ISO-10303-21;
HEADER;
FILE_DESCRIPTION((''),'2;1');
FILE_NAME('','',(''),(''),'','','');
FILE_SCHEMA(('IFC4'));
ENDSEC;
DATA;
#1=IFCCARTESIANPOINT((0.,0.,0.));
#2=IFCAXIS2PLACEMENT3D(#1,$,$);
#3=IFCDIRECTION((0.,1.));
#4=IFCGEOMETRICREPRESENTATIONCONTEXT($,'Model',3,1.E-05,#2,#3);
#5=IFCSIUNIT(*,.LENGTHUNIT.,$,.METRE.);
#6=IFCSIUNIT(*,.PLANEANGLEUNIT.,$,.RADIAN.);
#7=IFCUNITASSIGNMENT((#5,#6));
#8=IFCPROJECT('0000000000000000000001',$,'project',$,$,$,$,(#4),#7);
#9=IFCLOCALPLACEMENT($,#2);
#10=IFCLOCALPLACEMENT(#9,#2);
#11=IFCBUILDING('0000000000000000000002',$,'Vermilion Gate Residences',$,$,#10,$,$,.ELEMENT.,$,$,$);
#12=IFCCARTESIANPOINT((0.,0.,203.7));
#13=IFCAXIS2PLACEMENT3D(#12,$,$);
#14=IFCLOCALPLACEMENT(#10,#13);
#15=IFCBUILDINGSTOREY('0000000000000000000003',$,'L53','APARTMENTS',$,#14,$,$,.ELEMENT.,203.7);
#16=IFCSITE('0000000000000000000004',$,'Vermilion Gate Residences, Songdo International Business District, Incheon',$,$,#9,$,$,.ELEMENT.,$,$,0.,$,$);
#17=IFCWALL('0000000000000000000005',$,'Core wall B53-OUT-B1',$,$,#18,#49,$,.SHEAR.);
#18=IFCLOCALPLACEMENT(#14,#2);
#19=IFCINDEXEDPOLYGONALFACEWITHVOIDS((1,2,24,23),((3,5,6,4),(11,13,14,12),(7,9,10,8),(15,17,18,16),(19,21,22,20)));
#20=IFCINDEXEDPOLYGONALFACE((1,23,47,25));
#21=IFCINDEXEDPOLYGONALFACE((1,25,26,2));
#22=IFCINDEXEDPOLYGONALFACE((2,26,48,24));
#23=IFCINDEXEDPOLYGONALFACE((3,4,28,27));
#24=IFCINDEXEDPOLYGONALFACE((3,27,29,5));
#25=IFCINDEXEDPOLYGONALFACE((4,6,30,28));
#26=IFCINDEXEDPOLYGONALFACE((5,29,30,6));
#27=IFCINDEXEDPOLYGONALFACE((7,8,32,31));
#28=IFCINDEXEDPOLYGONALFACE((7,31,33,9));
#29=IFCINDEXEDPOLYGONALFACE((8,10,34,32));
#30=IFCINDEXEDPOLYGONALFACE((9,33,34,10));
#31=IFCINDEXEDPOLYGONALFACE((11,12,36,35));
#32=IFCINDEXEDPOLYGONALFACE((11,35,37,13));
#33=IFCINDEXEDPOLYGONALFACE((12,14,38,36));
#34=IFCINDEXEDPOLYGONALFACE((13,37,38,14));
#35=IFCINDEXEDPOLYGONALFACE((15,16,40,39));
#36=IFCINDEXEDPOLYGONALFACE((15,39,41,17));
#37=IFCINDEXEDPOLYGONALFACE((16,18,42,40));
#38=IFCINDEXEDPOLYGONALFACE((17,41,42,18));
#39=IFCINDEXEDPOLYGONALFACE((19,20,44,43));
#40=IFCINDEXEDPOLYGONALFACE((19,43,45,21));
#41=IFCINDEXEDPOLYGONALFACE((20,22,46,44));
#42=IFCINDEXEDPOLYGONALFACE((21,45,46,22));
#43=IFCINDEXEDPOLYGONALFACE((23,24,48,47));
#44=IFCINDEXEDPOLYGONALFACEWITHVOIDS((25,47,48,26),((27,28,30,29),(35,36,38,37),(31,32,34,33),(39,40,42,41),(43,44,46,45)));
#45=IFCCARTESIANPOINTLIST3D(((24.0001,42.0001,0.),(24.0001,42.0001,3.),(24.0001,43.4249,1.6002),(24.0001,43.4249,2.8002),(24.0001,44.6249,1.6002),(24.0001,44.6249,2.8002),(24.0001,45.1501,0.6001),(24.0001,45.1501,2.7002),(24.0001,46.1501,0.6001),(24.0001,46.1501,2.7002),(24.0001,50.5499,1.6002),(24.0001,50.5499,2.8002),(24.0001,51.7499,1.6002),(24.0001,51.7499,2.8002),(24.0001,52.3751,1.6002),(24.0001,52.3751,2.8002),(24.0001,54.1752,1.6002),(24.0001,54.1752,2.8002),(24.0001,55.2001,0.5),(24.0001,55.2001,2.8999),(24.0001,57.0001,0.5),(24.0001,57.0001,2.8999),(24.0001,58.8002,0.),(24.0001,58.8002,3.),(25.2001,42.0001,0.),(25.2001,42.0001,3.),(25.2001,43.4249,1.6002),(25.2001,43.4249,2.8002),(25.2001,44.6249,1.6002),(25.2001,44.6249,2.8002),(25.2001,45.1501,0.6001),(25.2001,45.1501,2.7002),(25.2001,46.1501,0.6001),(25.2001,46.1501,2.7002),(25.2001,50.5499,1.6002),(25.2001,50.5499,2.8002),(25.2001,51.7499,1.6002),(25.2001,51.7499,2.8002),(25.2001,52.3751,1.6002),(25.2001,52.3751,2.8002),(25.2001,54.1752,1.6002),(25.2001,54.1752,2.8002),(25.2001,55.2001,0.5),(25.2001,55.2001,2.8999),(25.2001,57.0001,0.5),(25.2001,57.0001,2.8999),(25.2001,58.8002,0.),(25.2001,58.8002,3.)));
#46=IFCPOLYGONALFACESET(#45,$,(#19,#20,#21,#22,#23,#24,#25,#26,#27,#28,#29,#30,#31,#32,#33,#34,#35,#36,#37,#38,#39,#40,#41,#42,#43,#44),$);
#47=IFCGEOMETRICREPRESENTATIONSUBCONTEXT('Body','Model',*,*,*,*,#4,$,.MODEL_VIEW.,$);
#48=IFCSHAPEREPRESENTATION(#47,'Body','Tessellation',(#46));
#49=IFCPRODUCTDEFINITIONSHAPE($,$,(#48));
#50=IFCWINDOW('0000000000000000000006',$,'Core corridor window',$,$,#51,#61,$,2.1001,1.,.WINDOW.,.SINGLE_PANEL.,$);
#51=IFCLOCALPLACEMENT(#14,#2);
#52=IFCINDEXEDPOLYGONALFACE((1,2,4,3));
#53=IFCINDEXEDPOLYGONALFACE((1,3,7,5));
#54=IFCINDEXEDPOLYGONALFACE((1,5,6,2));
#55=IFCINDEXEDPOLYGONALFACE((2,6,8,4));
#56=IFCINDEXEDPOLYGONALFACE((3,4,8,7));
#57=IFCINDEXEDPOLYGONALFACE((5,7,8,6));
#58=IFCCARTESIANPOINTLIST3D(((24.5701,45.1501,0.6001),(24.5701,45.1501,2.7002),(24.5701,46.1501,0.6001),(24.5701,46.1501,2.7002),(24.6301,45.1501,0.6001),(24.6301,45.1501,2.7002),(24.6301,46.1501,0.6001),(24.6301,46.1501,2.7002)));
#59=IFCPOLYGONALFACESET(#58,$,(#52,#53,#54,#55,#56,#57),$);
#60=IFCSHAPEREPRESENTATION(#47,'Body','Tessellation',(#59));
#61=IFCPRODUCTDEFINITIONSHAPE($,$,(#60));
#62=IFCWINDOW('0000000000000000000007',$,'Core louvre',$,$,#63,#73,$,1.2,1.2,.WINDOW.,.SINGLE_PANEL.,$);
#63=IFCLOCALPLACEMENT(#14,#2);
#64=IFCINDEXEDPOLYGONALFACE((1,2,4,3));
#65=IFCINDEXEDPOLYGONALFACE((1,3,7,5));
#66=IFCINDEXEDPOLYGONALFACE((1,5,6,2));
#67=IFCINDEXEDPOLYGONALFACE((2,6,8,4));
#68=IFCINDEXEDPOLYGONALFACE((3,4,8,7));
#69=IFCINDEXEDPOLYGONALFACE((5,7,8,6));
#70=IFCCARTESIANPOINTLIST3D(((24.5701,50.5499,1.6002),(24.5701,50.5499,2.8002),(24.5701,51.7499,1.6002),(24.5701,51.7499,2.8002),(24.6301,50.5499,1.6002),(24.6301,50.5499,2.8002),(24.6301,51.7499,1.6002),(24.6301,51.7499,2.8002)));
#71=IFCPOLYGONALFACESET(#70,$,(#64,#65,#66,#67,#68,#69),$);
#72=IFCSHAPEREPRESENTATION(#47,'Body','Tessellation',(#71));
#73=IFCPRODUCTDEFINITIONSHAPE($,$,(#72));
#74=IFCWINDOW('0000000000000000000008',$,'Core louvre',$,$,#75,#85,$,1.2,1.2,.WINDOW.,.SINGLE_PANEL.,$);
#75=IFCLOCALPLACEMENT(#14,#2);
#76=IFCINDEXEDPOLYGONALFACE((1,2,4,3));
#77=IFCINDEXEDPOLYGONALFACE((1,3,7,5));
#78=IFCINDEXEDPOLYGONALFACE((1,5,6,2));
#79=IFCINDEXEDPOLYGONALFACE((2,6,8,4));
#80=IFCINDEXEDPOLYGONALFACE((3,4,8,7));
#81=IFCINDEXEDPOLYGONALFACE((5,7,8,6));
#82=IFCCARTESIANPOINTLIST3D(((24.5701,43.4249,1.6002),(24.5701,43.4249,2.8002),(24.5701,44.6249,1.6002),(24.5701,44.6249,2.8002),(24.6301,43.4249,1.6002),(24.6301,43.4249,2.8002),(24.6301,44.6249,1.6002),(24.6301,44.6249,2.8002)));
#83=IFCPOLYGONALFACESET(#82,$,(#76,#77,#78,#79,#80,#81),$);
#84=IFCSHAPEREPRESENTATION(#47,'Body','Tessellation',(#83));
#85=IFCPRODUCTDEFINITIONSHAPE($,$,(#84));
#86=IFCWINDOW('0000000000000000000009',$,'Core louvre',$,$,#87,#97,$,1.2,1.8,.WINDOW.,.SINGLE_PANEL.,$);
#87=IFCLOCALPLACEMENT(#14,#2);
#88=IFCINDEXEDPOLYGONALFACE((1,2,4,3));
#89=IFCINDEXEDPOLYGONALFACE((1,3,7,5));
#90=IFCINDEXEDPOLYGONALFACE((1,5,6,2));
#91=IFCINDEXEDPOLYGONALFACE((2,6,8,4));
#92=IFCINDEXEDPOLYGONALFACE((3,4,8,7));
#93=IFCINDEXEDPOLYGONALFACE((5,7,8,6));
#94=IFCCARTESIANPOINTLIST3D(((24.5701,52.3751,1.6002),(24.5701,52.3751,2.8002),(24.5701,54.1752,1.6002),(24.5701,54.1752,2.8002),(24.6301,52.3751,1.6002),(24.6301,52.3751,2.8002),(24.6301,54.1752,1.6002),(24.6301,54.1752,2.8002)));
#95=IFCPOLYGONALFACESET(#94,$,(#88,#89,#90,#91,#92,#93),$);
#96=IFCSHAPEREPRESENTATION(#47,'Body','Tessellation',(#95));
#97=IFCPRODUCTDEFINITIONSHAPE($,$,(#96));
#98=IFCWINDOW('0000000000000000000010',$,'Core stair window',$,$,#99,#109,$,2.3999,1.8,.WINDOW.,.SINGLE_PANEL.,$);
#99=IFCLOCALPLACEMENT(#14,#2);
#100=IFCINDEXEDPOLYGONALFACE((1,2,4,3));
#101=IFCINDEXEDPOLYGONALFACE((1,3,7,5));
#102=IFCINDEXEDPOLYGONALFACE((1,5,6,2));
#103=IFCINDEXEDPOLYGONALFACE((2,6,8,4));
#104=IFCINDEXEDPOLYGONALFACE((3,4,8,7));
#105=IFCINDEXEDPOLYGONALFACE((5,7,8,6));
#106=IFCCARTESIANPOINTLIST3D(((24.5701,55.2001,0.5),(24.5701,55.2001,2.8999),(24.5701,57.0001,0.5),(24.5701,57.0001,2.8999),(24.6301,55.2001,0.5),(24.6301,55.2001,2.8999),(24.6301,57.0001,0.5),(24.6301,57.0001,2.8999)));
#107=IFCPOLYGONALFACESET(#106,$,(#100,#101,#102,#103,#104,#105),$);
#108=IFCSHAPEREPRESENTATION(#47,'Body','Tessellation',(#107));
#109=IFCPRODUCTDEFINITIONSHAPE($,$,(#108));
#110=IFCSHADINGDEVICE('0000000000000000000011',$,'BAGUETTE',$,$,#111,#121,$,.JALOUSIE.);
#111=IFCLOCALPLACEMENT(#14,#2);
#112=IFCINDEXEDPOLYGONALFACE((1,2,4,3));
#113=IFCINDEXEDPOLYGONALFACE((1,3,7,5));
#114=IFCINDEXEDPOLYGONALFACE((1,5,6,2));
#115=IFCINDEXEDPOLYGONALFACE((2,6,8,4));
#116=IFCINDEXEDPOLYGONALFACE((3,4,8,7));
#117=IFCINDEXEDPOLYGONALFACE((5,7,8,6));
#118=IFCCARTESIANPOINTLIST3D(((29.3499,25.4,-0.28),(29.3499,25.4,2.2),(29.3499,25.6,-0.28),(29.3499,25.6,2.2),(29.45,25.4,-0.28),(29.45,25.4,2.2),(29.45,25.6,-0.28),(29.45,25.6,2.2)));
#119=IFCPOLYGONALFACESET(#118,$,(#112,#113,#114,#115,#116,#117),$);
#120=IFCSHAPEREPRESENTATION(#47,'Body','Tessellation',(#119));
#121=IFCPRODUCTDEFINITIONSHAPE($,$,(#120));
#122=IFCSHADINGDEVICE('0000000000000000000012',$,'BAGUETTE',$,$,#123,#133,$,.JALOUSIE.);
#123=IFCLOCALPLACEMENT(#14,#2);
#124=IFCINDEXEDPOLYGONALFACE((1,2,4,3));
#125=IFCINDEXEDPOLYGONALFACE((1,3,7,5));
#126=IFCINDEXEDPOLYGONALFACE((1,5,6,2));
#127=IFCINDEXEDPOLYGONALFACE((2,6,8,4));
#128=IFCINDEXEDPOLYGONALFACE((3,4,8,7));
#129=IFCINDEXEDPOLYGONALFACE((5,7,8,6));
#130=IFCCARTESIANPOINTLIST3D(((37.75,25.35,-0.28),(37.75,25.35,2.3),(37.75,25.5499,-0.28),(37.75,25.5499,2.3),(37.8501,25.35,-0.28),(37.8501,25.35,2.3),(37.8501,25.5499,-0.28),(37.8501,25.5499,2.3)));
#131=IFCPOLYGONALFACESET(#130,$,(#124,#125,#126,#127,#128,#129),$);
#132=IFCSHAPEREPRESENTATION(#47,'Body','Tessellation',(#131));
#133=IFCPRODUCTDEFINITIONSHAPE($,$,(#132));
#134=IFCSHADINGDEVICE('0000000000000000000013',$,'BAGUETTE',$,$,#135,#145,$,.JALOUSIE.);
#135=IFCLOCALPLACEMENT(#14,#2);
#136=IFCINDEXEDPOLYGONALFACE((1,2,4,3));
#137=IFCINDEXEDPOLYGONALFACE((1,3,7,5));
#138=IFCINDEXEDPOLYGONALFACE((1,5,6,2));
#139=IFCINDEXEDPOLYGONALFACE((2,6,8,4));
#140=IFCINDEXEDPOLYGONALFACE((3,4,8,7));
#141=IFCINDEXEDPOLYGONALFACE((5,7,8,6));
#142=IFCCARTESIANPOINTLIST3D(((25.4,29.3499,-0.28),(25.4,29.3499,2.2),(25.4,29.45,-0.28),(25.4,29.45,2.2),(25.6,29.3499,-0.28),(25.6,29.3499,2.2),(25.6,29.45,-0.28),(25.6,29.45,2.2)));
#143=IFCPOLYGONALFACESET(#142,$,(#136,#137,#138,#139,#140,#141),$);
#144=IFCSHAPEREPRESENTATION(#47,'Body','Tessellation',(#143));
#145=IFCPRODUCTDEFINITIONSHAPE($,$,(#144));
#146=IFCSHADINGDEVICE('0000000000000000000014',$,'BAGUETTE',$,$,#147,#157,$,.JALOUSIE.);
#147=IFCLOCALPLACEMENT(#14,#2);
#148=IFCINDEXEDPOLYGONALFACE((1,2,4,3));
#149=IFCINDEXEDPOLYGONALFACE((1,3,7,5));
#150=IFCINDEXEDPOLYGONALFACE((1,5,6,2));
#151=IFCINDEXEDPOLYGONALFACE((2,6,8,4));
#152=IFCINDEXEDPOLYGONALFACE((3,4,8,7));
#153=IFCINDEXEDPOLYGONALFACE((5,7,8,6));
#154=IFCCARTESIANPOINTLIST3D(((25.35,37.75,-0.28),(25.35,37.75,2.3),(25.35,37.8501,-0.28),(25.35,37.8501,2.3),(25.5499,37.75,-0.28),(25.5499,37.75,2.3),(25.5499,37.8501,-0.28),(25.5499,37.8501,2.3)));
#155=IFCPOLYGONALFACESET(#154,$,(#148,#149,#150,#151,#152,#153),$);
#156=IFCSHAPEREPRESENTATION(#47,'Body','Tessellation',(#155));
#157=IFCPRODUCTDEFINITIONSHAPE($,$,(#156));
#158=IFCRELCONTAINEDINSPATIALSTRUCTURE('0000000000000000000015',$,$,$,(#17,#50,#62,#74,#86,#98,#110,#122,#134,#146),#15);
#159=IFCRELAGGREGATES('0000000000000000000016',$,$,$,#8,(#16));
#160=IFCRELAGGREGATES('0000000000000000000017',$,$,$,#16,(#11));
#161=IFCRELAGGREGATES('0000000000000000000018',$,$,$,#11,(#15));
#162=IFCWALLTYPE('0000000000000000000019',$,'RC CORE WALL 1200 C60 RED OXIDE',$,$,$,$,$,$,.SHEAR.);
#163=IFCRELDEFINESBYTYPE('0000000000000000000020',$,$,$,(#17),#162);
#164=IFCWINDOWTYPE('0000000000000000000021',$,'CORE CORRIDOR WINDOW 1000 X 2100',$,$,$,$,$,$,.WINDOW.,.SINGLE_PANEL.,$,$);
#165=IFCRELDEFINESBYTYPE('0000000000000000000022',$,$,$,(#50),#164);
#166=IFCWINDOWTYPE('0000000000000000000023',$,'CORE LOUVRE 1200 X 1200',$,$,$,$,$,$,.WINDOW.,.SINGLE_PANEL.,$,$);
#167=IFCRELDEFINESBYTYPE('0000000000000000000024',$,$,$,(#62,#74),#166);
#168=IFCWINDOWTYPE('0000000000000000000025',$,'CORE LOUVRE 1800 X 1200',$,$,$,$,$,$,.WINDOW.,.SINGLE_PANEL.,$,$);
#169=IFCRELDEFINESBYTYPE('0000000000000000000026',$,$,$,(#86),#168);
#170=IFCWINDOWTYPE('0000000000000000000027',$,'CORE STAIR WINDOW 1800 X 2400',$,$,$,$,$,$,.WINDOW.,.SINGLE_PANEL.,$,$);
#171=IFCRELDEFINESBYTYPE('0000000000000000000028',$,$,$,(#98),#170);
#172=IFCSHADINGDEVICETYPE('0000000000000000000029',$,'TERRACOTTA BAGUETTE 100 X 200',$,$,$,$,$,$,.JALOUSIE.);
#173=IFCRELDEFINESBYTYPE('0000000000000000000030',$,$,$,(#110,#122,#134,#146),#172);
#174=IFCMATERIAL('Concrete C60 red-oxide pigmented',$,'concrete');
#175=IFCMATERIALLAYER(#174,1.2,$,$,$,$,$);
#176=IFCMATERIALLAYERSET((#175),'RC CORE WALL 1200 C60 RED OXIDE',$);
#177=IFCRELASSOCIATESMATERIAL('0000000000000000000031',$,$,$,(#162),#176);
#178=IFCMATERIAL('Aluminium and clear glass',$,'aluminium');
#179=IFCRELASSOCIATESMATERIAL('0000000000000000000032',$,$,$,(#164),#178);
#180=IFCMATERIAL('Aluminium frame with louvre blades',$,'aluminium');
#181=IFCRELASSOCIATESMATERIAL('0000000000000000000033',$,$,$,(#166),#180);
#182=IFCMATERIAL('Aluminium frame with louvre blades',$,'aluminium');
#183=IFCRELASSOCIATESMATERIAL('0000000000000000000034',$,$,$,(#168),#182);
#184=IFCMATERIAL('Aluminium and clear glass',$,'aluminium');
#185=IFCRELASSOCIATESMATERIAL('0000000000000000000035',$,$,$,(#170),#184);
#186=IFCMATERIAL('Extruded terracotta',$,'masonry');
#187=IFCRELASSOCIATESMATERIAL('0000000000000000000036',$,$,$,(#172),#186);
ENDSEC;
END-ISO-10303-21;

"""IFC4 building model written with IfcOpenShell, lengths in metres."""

from ifc_helpers import new_model, si_unit, direction, frame, frame_2d, origin, origin_2d, place, context, subcontext, project, spatial, rectangle, extrude, material, layer, layer_set, material_profile, profile_set, type_object, element, fill, save


model = new_model("IFC4")

# Units and contexts
model_context = context("Model", 3, precision=1e-05, world=origin(), true_north=direction((0.0, 1.0)))
body_context = subcontext(model_context, "Body", "Model", "MODEL_VIEW")
ifc_project = project(units=[si_unit("LENGTHUNIT", "METRE"), si_unit("PLANEANGLEUNIT", "RADIAN")], contexts=[model_context])

# Site, building, storey
site_placement = place(None, origin())
site = spatial("IfcSite", under=ifc_project, at=site_placement, Name="Vermilion Gate Residences, Songdo International Business District, Incheon", CompositionType="ELEMENT", RefElevation=0.0)
building_placement = place(site_placement, origin())
building = spatial("IfcBuilding", under=site, at=building_placement, Name="Vermilion Gate Residences", CompositionType="ELEMENT")
storey_placement = place(building_placement, frame((0.0, 0.0, 203.7)))
storey = spatial("IfcBuildingStorey", under=building, at=storey_placement, Name="L53", Description="APARTMENTS", CompositionType="ELEMENT", Elevation=203.7)

# Wall, openings, windows
ifc_material_1 = material(Name="Concrete C60 red-oxide pigmented", Category="concrete")
ifc_layer_1 = layer(ifc_material_1, 1.2)
ifc_layer_set_1 = layer_set([ifc_layer_1], Name="RC CORE WALL 1200 C60 RED OXIDE")
wall_type_1 = type_object("IfcWallType", Name="RC CORE WALL 1200 C60 RED OXIDE", PredefinedType="SHEAR", material=ifc_layer_set_1)
wall_1_placement = place(storey_placement, frame((24.6001, 58.8, 0.0), z_axis=(0.0, 0.0, 1.0), x_axis=(0.0, -1.0, 0.0)))
wall_1 = element("IfcWall", 1, at=wall_1_placement, inside=storey, type_object=wall_type_1, Name="Core wall B53-OUT-B1", PredefinedType="SHEAR", context=body_context, shape_type="SweptSolid", body=[
    extrude(rectangle(XDim=16.8, YDim=1.2, at=frame_2d((8.3999, 0.0))), origin(), (0.0, 0.0, 1.0), 3.0),
])
opening_1_placement = place(wall_1_placement, frame((1.8, 0.0, 0.5)))
opening_1 = element("IfcOpeningElement", 2, at=opening_1_placement, cuts=wall_1, PredefinedType="OPENING", context=body_context, shape_type="SweptSolid", body=[
    extrude(rectangle(XDim=1.8, YDim=2.3999, at=frame_2d((0.8999, 1.2))), frame((0.0, 0.6099, 0.0), z_axis=(0.0, -1.0, 0.0), x_axis=(1.0, 0.0, 0.0)), (0.0, 0.0, 1.0), 1.22),
])
opening_2_placement = place(wall_1_placement, frame((4.625, 0.0, 1.6001)))
opening_2 = element("IfcOpeningElement", 3, at=opening_2_placement, cuts=wall_1, PredefinedType="OPENING", context=body_context, shape_type="SweptSolid", body=[
    extrude(rectangle(XDim=1.8, YDim=1.2, at=frame_2d((0.8999, 0.6001))), frame((0.0, 0.6099, 0.0), z_axis=(0.0, -1.0, 0.0), x_axis=(1.0, 0.0, 0.0)), (0.0, 0.0, 1.0), 1.22),
])
opening_3_placement = place(wall_1_placement, frame((7.05, 0.0, 1.6001)))
opening_3 = element("IfcOpeningElement", 4, at=opening_3_placement, cuts=wall_1, PredefinedType="OPENING", context=body_context, shape_type="SweptSolid", body=[
    extrude(rectangle(XDim=1.2, YDim=1.2, at=frame_2d((0.6001, 0.6001))), frame((0.0, 0.6099, 0.0), z_axis=(0.0, -1.0, 0.0), x_axis=(1.0, 0.0, 0.0)), (0.0, 0.0, 1.0), 1.22),
])
opening_4_placement = place(wall_1_placement, frame((12.6499, 0.0, 0.6001)))
opening_4 = element("IfcOpeningElement", 5, at=opening_4_placement, cuts=wall_1, PredefinedType="OPENING", context=body_context, shape_type="SweptSolid", body=[
    extrude(rectangle(XDim=1.0, YDim=2.1001, at=frame_2d((0.5, 1.05))), frame((0.0, 0.6099, 0.0), z_axis=(0.0, -1.0, 0.0), x_axis=(1.0, 0.0, 0.0)), (0.0, 0.0, 1.0), 1.22),
])
opening_5_placement = place(wall_1_placement, frame((14.175, 0.0, 1.6001)))
opening_5 = element("IfcOpeningElement", 6, at=opening_5_placement, cuts=wall_1, PredefinedType="OPENING", context=body_context, shape_type="SweptSolid", body=[
    extrude(rectangle(XDim=1.2, YDim=1.2, at=frame_2d((0.6001, 0.6001))), frame((0.0, 0.6099, 0.0), z_axis=(0.0, -1.0, 0.0), x_axis=(1.0, 0.0, 0.0)), (0.0, 0.0, 1.0), 1.22),
])
ifc_material_2 = material(Name="Aluminium and clear glass", Category="aluminium")
window_type_1 = type_object("IfcWindowType", Name="CORE CORRIDOR WINDOW 1000 X 2100", PartitioningType="SINGLE_PANEL", PredefinedType="WINDOW", material=ifc_material_2)
window_1_placement = place(opening_4_placement, origin())
window_1 = element("IfcWindow", 7, at=window_1_placement, inside=storey, type_object=window_type_1, Name="Core corridor window", OverallHeight=2.1001, OverallWidth=1.0, PartitioningType="SINGLE_PANEL", PredefinedType="WINDOW", context=body_context, shape_type="SweptSolid", body=[
    extrude(rectangle(XDim=1.0, YDim=2.1001, at=frame_2d((0.5, 1.05))), frame((0.0, 0.03, 0.0), z_axis=(0.0, -1.0, 0.0), x_axis=(1.0, 0.0, 0.0)), (0.0, 0.0, 1.0), 0.0601),
])
fill(opening_4, window_1)
ifc_material_3 = material(Name="Aluminium frame with louvre blades", Category="aluminium")
window_type_2 = type_object("IfcWindowType", Name="CORE LOUVRE 1200 X 1200", PartitioningType="SINGLE_PANEL", PredefinedType="WINDOW", material=ifc_material_3)
window_2_placement = place(opening_3_placement, origin())
window_2 = element("IfcWindow", 8, at=window_2_placement, inside=storey, type_object=window_type_2, Name="Core louvre", OverallHeight=1.2, OverallWidth=1.2, PartitioningType="SINGLE_PANEL", PredefinedType="WINDOW", context=body_context, shape_type="SweptSolid", body=[
    extrude(rectangle(XDim=1.2, YDim=1.2, at=frame_2d((0.6001, 0.6001))), frame((0.0, 0.03, 0.0), z_axis=(0.0, -1.0, 0.0), x_axis=(1.0, 0.0, 0.0)), (0.0, 0.0, 1.0), 0.0601),
])
fill(opening_3, window_2)
window_3_placement = place(opening_5_placement, origin())
window_3 = element("IfcWindow", 9, at=window_3_placement, inside=storey, type_object=window_type_2, Name="Core louvre", OverallHeight=1.2, OverallWidth=1.2, PartitioningType="SINGLE_PANEL", PredefinedType="WINDOW", context=body_context, shape_type="SweptSolid", body=[
    extrude(rectangle(XDim=1.2, YDim=1.2, at=frame_2d((0.6001, 0.6001))), frame((0.0, 0.03, 0.0), z_axis=(0.0, -1.0, 0.0), x_axis=(1.0, 0.0, 0.0)), (0.0, 0.0, 1.0), 0.0601),
])
fill(opening_5, window_3)
ifc_material_4 = material(Name="Aluminium frame with louvre blades", Category="aluminium")
window_type_3 = type_object("IfcWindowType", Name="CORE LOUVRE 1800 X 1200", PartitioningType="SINGLE_PANEL", PredefinedType="WINDOW", material=ifc_material_4)
window_4_placement = place(opening_2_placement, origin())
window_4 = element("IfcWindow", 10, at=window_4_placement, inside=storey, type_object=window_type_3, Name="Core louvre", OverallHeight=1.2, OverallWidth=1.8, PartitioningType="SINGLE_PANEL", PredefinedType="WINDOW", context=body_context, shape_type="SweptSolid", body=[
    extrude(rectangle(XDim=1.8, YDim=1.2, at=frame_2d((0.8999, 0.6001))), frame((0.0, 0.03, 0.0), z_axis=(0.0, -1.0, 0.0), x_axis=(1.0, 0.0, 0.0)), (0.0, 0.0, 1.0), 0.0601),
])
fill(opening_2, window_4)
ifc_material_5 = material(Name="Aluminium and clear glass", Category="aluminium")
window_type_4 = type_object("IfcWindowType", Name="CORE STAIR WINDOW 1800 X 2400", PartitioningType="SINGLE_PANEL", PredefinedType="WINDOW", material=ifc_material_5)
window_5_placement = place(opening_1_placement, origin())
window_5 = element("IfcWindow", 11, at=window_5_placement, inside=storey, type_object=window_type_4, Name="Core stair window", OverallHeight=2.3999, OverallWidth=1.8, PartitioningType="SINGLE_PANEL", PredefinedType="WINDOW", context=body_context, shape_type="SweptSolid", body=[
    extrude(rectangle(XDim=1.8, YDim=2.3999, at=frame_2d((0.8999, 1.2))), frame((0.0, 0.03, 0.0), z_axis=(0.0, -1.0, 0.0), x_axis=(1.0, 0.0, 0.0)), (0.0, 0.0, 1.0), 0.0601),
])
fill(opening_1, window_5)

# Shading devices
ifc_material_6 = material(Name="Extruded terracotta", Category="masonry")
ifc_material_profile_1 = material_profile(ifc_material_6, rectangle(XDim=0.2, YDim=0.1001, at=origin_2d()), Name="BAGUETTE 100 X 200")
ifc_profile_set_1 = profile_set([ifc_material_profile_1], Name="Extruded terracotta")
shading_device_type_1 = type_object("IfcShadingDeviceType", Name="TERRACOTTA BAGUETTE 100 X 200", PredefinedType="JALOUSIE", material=ifc_profile_set_1)
shading_device_1_placement = place(storey_placement, frame((29.3999, 25.5, -0.28), z_axis=(0.0, 0.0, 1.0), x_axis=(0.0, -1.0, 0.0)))
element("IfcShadingDevice", 12, at=shading_device_1_placement, inside=storey, type_object=shading_device_type_1, Name="BAGUETTE", PredefinedType="JALOUSIE", context=body_context, shape_type="SweptSolid", body=[
    extrude(rectangle(XDim=0.2, YDim=0.1001, at=origin_2d()), origin(), (0.0, 0.0, 1.0), 2.48),
])
shading_device_2_placement = place(storey_placement, frame((37.8, 25.45, -0.28), z_axis=(0.0, 0.0, 1.0), x_axis=(0.0, -1.0, 0.0)))
element("IfcShadingDevice", 13, at=shading_device_2_placement, inside=storey, type_object=shading_device_type_1, Name="BAGUETTE", PredefinedType="JALOUSIE", context=body_context, shape_type="SweptSolid", body=[
    extrude(rectangle(XDim=0.2, YDim=0.1001, at=origin_2d()), origin(), (0.0, 0.0, 1.0), 2.5801),
])
shading_device_3_placement = place(storey_placement, frame((25.5, 29.3999, -0.28), z_axis=(0.0, 0.0, 1.0), x_axis=(-1.0, 0.0, 0.0)))
element("IfcShadingDevice", 14, at=shading_device_3_placement, inside=storey, type_object=shading_device_type_1, Name="BAGUETTE", PredefinedType="JALOUSIE", context=body_context, shape_type="SweptSolid", body=[
    extrude(rectangle(XDim=0.2, YDim=0.1001, at=origin_2d()), origin(), (0.0, 0.0, 1.0), 2.48),
])
shading_device_4_placement = place(storey_placement, frame((25.45, 37.8, -0.28), z_axis=(0.0, 0.0, 1.0), x_axis=(-1.0, 0.0, 0.0)))
element("IfcShadingDevice", 15, at=shading_device_4_placement, inside=storey, type_object=shading_device_type_1, Name="BAGUETTE", PredefinedType="JALOUSIE", context=body_context, shape_type="SweptSolid", body=[
    extrude(rectangle(XDim=0.2, YDim=0.1001, at=origin_2d()), origin(), (0.0, 0.0, 1.0), 2.5801),
])

save(model, "model.ifc")
